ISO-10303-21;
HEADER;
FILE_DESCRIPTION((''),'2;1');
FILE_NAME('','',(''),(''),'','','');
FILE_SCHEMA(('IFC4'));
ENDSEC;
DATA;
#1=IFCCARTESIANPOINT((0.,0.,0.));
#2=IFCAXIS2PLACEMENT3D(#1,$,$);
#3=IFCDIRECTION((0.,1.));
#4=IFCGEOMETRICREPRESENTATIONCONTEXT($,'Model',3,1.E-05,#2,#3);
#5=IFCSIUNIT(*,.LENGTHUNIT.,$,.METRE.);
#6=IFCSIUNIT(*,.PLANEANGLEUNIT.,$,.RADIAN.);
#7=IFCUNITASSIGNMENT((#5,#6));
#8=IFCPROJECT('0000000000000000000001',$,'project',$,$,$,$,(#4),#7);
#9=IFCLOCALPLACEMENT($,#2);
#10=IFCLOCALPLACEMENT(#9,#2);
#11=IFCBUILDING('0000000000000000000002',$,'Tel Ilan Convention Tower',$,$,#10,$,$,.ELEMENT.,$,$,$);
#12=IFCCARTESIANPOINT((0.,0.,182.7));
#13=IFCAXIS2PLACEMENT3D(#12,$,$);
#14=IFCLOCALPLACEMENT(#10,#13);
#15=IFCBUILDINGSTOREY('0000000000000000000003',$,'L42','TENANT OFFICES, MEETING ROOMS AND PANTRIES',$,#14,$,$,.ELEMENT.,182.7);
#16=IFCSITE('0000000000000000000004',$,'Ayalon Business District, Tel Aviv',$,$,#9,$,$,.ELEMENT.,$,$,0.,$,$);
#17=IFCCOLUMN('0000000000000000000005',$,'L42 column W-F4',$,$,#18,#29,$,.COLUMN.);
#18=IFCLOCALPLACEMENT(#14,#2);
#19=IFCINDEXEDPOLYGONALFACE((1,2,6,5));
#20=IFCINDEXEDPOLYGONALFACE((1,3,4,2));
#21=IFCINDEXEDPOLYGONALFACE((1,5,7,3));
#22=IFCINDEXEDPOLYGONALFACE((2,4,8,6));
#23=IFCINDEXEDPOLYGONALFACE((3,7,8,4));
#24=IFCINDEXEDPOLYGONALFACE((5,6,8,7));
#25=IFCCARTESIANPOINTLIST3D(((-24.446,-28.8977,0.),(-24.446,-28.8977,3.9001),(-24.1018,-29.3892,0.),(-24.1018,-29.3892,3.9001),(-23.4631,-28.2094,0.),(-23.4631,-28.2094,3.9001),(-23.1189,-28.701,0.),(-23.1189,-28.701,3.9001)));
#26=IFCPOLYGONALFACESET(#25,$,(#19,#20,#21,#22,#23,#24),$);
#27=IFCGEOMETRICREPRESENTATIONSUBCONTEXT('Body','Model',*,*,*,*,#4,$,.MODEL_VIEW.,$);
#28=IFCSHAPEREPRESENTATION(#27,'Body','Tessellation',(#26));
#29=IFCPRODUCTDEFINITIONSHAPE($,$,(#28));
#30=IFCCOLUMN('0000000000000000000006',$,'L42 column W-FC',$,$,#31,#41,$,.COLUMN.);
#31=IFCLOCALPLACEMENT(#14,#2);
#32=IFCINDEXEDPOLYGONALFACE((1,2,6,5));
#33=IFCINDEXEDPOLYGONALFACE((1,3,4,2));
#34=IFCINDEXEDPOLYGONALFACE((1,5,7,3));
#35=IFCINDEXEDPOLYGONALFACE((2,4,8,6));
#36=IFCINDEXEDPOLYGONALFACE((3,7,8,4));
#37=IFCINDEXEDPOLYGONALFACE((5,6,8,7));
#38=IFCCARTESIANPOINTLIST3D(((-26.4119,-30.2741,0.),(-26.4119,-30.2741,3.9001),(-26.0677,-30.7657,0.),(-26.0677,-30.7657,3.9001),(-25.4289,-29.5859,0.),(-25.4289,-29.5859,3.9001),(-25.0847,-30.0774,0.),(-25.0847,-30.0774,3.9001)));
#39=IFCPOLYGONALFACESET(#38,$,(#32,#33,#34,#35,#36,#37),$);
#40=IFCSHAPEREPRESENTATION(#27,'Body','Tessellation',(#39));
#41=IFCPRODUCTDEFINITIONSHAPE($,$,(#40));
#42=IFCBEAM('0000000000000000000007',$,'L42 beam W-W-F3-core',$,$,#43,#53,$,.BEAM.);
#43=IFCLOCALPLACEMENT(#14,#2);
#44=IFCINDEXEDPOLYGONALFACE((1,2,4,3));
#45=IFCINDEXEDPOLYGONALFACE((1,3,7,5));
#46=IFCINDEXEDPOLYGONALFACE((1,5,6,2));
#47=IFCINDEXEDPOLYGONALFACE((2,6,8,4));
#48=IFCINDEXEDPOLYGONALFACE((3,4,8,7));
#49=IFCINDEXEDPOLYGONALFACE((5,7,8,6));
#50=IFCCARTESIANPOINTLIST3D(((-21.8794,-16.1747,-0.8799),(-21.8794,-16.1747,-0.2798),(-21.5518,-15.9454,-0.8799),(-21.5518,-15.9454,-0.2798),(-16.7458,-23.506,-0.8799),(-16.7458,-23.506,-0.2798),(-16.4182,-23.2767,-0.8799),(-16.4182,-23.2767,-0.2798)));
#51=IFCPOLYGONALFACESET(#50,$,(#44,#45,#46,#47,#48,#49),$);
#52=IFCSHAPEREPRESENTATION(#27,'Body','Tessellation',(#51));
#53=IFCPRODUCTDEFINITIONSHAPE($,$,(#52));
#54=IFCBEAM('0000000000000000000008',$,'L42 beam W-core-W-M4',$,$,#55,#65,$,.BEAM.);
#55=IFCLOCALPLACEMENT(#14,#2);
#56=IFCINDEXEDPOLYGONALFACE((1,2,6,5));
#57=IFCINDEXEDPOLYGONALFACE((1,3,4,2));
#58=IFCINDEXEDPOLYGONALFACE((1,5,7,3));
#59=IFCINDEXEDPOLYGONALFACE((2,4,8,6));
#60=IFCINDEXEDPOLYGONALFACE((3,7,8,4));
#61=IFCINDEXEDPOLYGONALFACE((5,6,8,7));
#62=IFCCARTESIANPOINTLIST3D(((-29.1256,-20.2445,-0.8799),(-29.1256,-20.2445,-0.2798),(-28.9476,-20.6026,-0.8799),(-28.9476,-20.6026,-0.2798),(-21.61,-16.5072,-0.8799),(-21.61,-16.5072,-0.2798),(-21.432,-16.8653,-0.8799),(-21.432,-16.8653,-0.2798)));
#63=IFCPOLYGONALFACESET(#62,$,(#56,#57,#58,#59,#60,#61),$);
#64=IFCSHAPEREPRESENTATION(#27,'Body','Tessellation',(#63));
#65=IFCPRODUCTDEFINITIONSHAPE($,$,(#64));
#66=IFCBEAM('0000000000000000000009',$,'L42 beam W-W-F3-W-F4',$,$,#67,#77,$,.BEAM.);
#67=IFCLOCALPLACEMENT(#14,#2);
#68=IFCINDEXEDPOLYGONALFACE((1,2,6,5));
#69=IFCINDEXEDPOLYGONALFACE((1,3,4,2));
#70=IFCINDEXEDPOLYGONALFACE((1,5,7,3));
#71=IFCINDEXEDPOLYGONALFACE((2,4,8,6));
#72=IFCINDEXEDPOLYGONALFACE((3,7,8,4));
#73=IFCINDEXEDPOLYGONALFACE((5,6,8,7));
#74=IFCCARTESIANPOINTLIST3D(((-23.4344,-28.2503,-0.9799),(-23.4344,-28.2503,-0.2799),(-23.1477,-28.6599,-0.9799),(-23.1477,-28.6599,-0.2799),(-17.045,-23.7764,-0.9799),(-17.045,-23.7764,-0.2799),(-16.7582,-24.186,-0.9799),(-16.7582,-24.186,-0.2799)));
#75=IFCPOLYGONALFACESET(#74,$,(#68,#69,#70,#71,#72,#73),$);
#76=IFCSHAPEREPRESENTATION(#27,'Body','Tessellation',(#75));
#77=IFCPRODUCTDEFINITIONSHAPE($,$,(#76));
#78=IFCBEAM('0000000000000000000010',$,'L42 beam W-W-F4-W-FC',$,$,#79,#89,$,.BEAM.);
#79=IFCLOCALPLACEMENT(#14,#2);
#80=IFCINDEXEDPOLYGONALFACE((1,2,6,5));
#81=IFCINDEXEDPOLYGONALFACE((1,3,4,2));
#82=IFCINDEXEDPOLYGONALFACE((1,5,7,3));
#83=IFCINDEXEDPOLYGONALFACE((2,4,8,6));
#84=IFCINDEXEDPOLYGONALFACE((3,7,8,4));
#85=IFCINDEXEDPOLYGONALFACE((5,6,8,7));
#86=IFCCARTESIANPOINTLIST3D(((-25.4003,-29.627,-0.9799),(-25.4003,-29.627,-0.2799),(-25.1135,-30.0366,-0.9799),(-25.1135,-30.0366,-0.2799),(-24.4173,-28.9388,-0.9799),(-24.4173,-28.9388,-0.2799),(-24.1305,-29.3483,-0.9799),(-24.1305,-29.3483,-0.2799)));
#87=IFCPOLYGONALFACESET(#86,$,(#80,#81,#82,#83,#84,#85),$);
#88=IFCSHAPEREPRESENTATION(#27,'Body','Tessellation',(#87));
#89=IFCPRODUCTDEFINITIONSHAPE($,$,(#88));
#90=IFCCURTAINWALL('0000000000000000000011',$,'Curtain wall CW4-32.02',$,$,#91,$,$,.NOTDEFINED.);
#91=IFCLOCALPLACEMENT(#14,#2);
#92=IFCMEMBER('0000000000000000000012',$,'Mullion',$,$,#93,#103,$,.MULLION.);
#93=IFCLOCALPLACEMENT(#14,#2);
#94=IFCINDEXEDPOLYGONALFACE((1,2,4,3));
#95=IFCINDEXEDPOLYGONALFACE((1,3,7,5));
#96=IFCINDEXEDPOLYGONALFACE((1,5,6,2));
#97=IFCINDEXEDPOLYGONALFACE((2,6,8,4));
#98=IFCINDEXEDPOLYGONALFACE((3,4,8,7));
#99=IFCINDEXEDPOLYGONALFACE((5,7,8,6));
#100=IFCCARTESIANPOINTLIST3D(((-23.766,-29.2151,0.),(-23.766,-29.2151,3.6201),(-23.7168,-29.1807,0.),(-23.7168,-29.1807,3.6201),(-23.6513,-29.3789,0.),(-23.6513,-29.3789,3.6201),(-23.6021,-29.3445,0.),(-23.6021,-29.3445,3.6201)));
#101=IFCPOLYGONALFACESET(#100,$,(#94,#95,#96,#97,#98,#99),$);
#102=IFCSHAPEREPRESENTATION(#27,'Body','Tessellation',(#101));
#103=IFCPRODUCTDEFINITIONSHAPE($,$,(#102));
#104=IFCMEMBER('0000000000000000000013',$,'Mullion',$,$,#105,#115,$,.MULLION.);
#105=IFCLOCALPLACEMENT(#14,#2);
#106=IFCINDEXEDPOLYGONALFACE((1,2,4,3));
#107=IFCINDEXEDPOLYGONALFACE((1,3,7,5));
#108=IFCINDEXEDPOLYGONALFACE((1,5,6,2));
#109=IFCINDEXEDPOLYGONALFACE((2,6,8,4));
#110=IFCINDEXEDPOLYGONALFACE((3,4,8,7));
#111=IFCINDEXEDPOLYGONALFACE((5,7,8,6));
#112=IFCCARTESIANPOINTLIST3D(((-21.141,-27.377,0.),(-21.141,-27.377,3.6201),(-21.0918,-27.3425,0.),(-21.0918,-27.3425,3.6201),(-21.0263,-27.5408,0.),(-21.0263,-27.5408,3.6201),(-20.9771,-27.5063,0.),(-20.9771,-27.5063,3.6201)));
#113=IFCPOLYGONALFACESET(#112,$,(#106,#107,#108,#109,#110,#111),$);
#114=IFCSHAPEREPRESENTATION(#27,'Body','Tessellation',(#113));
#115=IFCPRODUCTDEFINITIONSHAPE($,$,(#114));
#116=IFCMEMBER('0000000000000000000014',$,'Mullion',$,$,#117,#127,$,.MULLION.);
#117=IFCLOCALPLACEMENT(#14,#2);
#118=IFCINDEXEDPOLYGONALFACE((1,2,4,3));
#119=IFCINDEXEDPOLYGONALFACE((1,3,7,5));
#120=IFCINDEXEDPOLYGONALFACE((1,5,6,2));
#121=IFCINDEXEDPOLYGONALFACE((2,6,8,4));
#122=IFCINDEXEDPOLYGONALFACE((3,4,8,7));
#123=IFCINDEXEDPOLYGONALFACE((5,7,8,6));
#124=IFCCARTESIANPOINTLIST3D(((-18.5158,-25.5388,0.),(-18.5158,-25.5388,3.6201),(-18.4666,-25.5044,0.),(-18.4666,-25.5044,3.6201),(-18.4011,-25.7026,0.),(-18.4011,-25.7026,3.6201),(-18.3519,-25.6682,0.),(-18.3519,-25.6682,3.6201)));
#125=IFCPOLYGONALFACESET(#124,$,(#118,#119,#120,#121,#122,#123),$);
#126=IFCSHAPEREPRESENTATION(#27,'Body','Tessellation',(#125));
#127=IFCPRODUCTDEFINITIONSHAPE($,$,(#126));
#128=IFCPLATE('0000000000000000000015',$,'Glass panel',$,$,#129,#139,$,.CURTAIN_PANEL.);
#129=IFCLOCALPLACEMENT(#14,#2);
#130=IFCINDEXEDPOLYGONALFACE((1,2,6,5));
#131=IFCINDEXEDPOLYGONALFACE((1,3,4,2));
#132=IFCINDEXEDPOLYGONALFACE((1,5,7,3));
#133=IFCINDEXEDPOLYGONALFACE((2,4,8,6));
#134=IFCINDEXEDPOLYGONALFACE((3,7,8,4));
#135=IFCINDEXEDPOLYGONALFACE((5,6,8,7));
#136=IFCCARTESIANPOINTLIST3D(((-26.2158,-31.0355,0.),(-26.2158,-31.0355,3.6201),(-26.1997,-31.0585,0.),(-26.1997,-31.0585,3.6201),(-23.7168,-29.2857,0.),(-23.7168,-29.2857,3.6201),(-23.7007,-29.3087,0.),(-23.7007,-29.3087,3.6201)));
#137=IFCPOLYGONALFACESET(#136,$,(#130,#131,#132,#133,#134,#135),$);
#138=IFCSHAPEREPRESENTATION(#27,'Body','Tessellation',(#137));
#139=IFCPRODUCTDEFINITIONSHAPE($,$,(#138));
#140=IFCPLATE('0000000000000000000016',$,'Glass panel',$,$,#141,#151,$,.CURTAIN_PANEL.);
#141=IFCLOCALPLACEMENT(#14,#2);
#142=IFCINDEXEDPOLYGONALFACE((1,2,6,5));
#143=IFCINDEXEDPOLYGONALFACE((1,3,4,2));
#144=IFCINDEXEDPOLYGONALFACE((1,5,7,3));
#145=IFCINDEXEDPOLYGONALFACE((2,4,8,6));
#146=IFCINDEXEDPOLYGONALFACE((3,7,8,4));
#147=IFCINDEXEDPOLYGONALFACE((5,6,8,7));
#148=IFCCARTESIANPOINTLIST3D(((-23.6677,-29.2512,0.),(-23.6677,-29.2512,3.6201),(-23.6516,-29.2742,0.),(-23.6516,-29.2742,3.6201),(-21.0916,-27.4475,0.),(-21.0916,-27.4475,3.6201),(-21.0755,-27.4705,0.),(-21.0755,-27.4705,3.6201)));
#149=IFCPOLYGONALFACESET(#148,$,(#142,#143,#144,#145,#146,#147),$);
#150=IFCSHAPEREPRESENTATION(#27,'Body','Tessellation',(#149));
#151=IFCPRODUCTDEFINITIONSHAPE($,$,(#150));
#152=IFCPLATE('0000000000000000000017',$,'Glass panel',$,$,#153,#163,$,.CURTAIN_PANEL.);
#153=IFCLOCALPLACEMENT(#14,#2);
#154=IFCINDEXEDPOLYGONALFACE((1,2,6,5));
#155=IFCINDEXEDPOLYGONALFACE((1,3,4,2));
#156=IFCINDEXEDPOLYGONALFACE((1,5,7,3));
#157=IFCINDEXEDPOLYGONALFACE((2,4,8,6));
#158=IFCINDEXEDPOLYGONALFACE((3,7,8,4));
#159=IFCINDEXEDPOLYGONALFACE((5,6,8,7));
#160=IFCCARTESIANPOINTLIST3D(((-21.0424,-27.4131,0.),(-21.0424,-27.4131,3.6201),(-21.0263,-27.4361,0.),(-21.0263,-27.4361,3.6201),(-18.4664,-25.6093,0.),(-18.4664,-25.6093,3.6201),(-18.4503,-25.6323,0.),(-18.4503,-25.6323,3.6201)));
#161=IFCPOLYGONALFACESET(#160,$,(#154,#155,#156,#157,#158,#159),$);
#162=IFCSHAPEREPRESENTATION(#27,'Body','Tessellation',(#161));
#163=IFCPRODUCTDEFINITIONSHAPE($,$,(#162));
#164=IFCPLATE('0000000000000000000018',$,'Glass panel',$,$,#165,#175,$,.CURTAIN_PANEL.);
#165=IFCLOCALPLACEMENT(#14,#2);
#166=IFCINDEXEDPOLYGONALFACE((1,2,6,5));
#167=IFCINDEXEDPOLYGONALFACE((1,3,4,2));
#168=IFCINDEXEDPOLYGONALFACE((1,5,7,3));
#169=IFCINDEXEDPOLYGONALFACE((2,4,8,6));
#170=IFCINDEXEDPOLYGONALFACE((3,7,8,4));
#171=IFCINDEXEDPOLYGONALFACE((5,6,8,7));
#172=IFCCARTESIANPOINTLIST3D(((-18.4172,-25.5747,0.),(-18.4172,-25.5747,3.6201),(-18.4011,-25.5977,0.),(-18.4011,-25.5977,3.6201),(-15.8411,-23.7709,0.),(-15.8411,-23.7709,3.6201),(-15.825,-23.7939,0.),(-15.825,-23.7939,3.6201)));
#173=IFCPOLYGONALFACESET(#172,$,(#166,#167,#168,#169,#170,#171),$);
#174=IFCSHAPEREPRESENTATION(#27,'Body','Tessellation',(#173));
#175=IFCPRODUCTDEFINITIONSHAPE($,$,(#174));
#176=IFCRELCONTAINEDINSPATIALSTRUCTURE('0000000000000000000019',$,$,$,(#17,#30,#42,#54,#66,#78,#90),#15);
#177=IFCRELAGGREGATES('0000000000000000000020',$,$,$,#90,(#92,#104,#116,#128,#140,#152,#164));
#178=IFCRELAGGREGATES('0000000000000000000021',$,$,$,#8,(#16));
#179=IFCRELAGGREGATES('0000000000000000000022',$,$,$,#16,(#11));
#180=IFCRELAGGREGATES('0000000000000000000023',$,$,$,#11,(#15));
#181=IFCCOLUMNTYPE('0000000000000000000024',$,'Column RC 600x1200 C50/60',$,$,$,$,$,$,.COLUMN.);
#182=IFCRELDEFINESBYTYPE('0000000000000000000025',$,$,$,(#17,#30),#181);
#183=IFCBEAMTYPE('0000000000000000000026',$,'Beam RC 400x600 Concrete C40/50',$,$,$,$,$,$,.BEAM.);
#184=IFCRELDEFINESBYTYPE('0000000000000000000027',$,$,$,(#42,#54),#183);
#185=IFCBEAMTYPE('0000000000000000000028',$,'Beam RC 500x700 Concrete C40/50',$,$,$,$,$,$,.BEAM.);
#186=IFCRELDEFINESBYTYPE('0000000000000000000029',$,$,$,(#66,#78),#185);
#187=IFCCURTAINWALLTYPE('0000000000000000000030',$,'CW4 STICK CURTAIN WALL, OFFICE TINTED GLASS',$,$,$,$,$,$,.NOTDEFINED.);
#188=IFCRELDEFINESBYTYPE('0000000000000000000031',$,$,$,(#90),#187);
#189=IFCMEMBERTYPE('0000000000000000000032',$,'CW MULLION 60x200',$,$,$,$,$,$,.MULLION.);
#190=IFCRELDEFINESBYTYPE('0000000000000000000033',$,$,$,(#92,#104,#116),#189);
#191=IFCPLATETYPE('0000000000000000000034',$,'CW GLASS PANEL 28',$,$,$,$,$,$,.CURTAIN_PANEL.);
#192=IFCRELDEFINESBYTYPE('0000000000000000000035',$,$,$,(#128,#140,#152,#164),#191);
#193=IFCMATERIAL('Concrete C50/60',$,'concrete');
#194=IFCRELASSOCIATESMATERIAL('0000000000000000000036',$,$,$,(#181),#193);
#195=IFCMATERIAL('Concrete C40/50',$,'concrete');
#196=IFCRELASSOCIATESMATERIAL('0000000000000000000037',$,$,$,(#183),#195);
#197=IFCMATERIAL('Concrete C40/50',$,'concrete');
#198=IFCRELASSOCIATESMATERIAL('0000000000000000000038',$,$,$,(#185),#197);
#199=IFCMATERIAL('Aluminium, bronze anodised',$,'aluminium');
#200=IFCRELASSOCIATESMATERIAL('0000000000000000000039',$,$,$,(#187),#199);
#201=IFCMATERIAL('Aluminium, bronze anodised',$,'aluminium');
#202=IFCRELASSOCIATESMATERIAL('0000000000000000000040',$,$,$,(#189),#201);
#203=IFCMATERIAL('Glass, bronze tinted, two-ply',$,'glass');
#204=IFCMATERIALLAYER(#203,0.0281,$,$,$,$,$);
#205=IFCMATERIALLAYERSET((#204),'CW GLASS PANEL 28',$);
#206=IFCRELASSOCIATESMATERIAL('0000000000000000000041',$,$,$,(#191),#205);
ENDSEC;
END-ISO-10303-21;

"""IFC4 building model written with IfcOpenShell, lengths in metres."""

from ifc_helpers import new_model, si_unit, direction, frame, origin, origin_2d, place, context, subcontext, project, spatial, rectangle, extrude, material, layer, layer_set, material_profile, profile_set, type_object, element, aggregate, save


model = new_model("IFC4")

# Units and contexts
model_context = context("Model", 3, precision=1e-05, world=origin(), true_north=direction((0.0, 1.0)))
body_context = subcontext(model_context, "Body", "Model", "MODEL_VIEW")
ifc_project = project(units=[si_unit("LENGTHUNIT", "METRE"), si_unit("PLANEANGLEUNIT", "RADIAN")], contexts=[model_context])

# Site, building, storey
site_placement = place(None, origin())
site = spatial("IfcSite", under=ifc_project, at=site_placement, Name="Ayalon Business District, Tel Aviv", CompositionType="ELEMENT", RefElevation=0.0)
building_placement = place(site_placement, origin())
building = spatial("IfcBuilding", under=site, at=building_placement, Name="Tel Ilan Convention Tower", CompositionType="ELEMENT")
storey_placement = place(building_placement, frame((0.0, 0.0, 182.7)))
storey = spatial("IfcBuildingStorey", under=building, at=storey_placement, Name="L42", Description="TENANT OFFICES, MEETING ROOMS AND PANTRIES", CompositionType="ELEMENT", Elevation=182.7)

# Columns
ifc_material_1 = material(Name="Concrete C50/60", Category="concrete")
ifc_material_profile_1 = material_profile(ifc_material_1, rectangle(XDim=1.2, YDim=0.6001, at=origin_2d()), Name="RC 600x1200")
ifc_profile_set_1 = profile_set([ifc_material_profile_1], Name="Concrete C50/60")
column_type = type_object("IfcColumnType", Name="Column RC 600x1200 C50/60", PredefinedType="COLUMN", material=ifc_profile_set_1)
for number, where, z_axis, x_axis, name in (
    (1, (-23.7825, -28.7993, 0.0), (0.0, 0.0, 1.0), (-0.819152, -0.573576, 0.0), "L42 column W-F4"),
    (2, (-25.7483, -30.1758, 0.0), (0.0, 0.0, 1.0), (-0.819152, -0.573576, 0.0), "L42 column W-FC"),
):
    element("IfcColumn", number, at=place(storey_placement, frame(where, z_axis=z_axis, x_axis=x_axis)), inside=storey, type_object=column_type, Name=name, PredefinedType="COLUMN", context=body_context, shape_type="SweptSolid", body=[
        extrude(rectangle(XDim=1.2, YDim=0.6001, at=origin_2d()), origin(), (0.0, 0.0, 1.0), 3.9001),
    ])

# Beams
ifc_material_2 = material(Name="Concrete C40/50", Category="concrete")
ifc_material_profile_2 = material_profile(ifc_material_2, rectangle(XDim=0.3999, YDim=0.6001, at=origin_2d()), Name="RC 400x600")
ifc_profile_set_2 = profile_set([ifc_material_profile_2], Name="Concrete C40/50")
beam_type_1 = type_object("IfcBeamType", Name="Beam RC 400x600 Concrete C40/50", PredefinedType="BEAM", material=ifc_profile_set_2)
beam_1_placement = place(storey_placement, frame((-16.582, -23.3914, -0.5798), z_axis=(-0.573585, 0.819146, 0.0), x_axis=(-0.819146, -0.573585, 0.0)))
element("IfcBeam", 3, at=beam_1_placement, inside=storey, type_object=beam_type_1, Name="L42 beam W-W-F3-core", PredefinedType="BEAM", context=body_context, shape_type="SweptSolid", body=[
    extrude(rectangle(XDim=0.3999, YDim=0.6001, at=origin_2d()), origin(), (0.0, 0.0, 1.0), 8.95),
])
beam_2_placement = place(storey_placement, frame((-21.521, -16.6863, -0.5798), z_axis=(-0.895402, -0.445258, 0.0), x_axis=(0.445258, -0.895402, 0.0)))
element("IfcBeam", 4, at=beam_2_placement, inside=storey, type_object=beam_type_1, Name="L42 beam W-core-W-M4", PredefinedType="BEAM", context=body_context, shape_type="SweptSolid", body=[
    extrude(rectangle(XDim=0.3999, YDim=0.6001, at=origin_2d()), origin(), (0.0, 0.0, 1.0), 8.3936),
])
ifc_material_3 = material(Name="Concrete C40/50", Category="concrete")
ifc_material_profile_3 = material_profile(ifc_material_3, rectangle(XDim=0.5, YDim=0.7, at=origin_2d()), Name="RC 500x700")
ifc_profile_set_3 = profile_set([ifc_material_profile_3], Name="Concrete C40/50")
beam_type_2 = type_object("IfcBeamType", Name="Beam RC 500x700 Concrete C40/50", PredefinedType="BEAM", material=ifc_profile_set_3)
beam_3_placement = place(storey_placement, frame((-16.9016, -23.9812, -0.6299), z_axis=(-0.819154, -0.573574, 0.0), x_axis=(0.573574, -0.819154, 0.0)))
element("IfcBeam", 5, at=beam_3_placement, inside=storey, type_object=beam_type_2, Name="L42 beam W-W-F3-W-F4", PredefinedType="BEAM", context=body_context, shape_type="SweptSolid", body=[
    extrude(rectangle(XDim=0.5, YDim=0.7, at=origin_2d()), origin(), (0.0, 0.0, 1.0), 7.8),
])
beam_4_placement = place(storey_placement, frame((-24.2739, -29.1436, -0.6299), z_axis=(-0.819155, -0.573572, 0.0), x_axis=(0.573572, -0.819155, 0.0)))
element("IfcBeam", 6, at=beam_4_placement, inside=storey, type_object=beam_type_2, Name="L42 beam W-W-F4-W-FC", PredefinedType="BEAM", context=body_context, shape_type="SweptSolid", body=[
    extrude(rectangle(XDim=0.5, YDim=0.7, at=origin_2d()), origin(), (0.0, 0.0, 1.0), 1.2),
])

# Curtain wall, members, plates
ifc_material_4 = material(Name="Aluminium, bronze anodised", Category="aluminium")
curtain_wall_type = type_object("IfcCurtainWallType", Name="CW4 STICK CURTAIN WALL, OFFICE TINTED GLASS", PredefinedType="NOTDEFINED", material=ifc_material_4)
curtain_wall_placement = place(storey_placement, origin())
curtain_wall = element("IfcCurtainWall", 7, at=curtain_wall_placement, inside=storey, type_object=curtain_wall_type, Name="Curtain wall CW4-32.02", PredefinedType="NOTDEFINED")
ifc_material_5 = material(Name="Aluminium, bronze anodised", Category="aluminium")
ifc_material_profile_4 = material_profile(ifc_material_5, rectangle(XDim=0.0601, YDim=0.2, at=origin_2d()), Name="CW MULLION 60x200")
ifc_profile_set_4 = profile_set([ifc_material_profile_4], Name="Aluminium, bronze anodised")
member_type = type_object("IfcMemberType", Name="CW MULLION 60x200", PredefinedType="MULLION", material=ifc_profile_set_4)
member_1_placement = place(storey_placement, frame((-23.6841, -29.2798, 0.0), z_axis=(0.0, 0.0, 1.0), x_axis=(0.819152, 0.573576, 0.0)))
member_1 = element("IfcMember", 8, at=member_1_placement, type_object=member_type, Name="Mullion", PredefinedType="MULLION", context=body_context, shape_type="SweptSolid", body=[
    extrude(rectangle(XDim=0.0601, YDim=0.2, at=origin_2d()), origin(), (0.0, 0.0, 1.0), 3.6201),
])
member_2_placement = place(storey_placement, frame((-21.0591, -27.4417, 0.0), z_axis=(0.0, 0.0, 1.0), x_axis=(0.819152, 0.573576, 0.0)))
member_2 = element("IfcMember", 9, at=member_2_placement, type_object=member_type, Name="Mullion", PredefinedType="MULLION", context=body_context, shape_type="SweptSolid", body=[
    extrude(rectangle(XDim=0.0601, YDim=0.2, at=origin_2d()), origin(), (0.0, 0.0, 1.0), 3.6201),
])
member_3_placement = place(storey_placement, frame((-18.4338, -25.6035, 0.0), z_axis=(0.0, 0.0, 1.0), x_axis=(0.819152, 0.573576, 0.0)))
member_3 = element("IfcMember", 10, at=member_3_placement, type_object=member_type, Name="Mullion", PredefinedType="MULLION", context=body_context, shape_type="SweptSolid", body=[
    extrude(rectangle(XDim=0.0601, YDim=0.2, at=origin_2d()), origin(), (0.0, 0.0, 1.0), 3.6201),
])
ifc_material_6 = material(Name="Glass, bronze tinted, two-ply", Category="glass")
ifc_layer_1 = layer(ifc_material_6, 0.0281)
ifc_layer_set_1 = layer_set([ifc_layer_1], Name="CW GLASS PANEL 28")
plate_type = type_object("IfcPlateType", Name="CW GLASS PANEL 28", PredefinedType="CURTAIN_PANEL", material=ifc_layer_set_1)
plate_1_placement = place(storey_placement, frame((-24.9583, -30.1721, 0.0), z_axis=(0.0, 0.0, 1.0), x_axis=(0.819152, 0.573576, 0.0)))
plate_1 = element("IfcPlate", 11, at=plate_1_placement, type_object=plate_type, Name="Glass panel", PredefinedType="CURTAIN_PANEL", context=body_context, shape_type="SweptSolid", body=[
    extrude(rectangle(XDim=3.0508, YDim=0.0281, at=origin_2d()), origin(), (0.0, 0.0, 1.0), 3.6201),
])
plate_2_placement = place(storey_placement, frame((-22.3716, -28.3608, 0.0), z_axis=(0.0, 0.0, 1.0), x_axis=(0.819152, 0.573576, 0.0)))
plate_2 = element("IfcPlate", 12, at=plate_2_placement, type_object=plate_type, Name="Glass panel", PredefinedType="CURTAIN_PANEL", context=body_context, shape_type="SweptSolid", body=[
    extrude(rectangle(XDim=3.1448, YDim=0.0281, at=origin_2d()), origin(), (0.0, 0.0, 1.0), 3.6201),
])
plate_3_placement = place(storey_placement, frame((-19.7463, -26.5227, 0.0), z_axis=(0.0, 0.0, 1.0), x_axis=(0.819152, 0.573576, 0.0)))
plate_3 = element("IfcPlate", 13, at=plate_3_placement, type_object=plate_type, Name="Glass panel", PredefinedType="CURTAIN_PANEL", context=body_context, shape_type="SweptSolid", body=[
    extrude(rectangle(XDim=3.1448, YDim=0.0281, at=origin_2d()), origin(), (0.0, 0.0, 1.0), 3.6201),
])
plate_4_placement = place(storey_placement, frame((-17.1211, -24.6843, 0.0), z_axis=(0.0, 0.0, 1.0), x_axis=(0.819152, 0.573576, 0.0)))
plate_4 = element("IfcPlate", 14, at=plate_4_placement, type_object=plate_type, Name="Glass panel", PredefinedType="CURTAIN_PANEL", context=body_context, shape_type="SweptSolid", body=[
    extrude(rectangle(XDim=3.1448, YDim=0.0281, at=origin_2d()), origin(), (0.0, 0.0, 1.0), 3.6201),
])
aggregate(curtain_wall, [member_1, member_2, member_3, plate_1, plate_2, plate_3, plate_4])

save(model, "model.ifc")
